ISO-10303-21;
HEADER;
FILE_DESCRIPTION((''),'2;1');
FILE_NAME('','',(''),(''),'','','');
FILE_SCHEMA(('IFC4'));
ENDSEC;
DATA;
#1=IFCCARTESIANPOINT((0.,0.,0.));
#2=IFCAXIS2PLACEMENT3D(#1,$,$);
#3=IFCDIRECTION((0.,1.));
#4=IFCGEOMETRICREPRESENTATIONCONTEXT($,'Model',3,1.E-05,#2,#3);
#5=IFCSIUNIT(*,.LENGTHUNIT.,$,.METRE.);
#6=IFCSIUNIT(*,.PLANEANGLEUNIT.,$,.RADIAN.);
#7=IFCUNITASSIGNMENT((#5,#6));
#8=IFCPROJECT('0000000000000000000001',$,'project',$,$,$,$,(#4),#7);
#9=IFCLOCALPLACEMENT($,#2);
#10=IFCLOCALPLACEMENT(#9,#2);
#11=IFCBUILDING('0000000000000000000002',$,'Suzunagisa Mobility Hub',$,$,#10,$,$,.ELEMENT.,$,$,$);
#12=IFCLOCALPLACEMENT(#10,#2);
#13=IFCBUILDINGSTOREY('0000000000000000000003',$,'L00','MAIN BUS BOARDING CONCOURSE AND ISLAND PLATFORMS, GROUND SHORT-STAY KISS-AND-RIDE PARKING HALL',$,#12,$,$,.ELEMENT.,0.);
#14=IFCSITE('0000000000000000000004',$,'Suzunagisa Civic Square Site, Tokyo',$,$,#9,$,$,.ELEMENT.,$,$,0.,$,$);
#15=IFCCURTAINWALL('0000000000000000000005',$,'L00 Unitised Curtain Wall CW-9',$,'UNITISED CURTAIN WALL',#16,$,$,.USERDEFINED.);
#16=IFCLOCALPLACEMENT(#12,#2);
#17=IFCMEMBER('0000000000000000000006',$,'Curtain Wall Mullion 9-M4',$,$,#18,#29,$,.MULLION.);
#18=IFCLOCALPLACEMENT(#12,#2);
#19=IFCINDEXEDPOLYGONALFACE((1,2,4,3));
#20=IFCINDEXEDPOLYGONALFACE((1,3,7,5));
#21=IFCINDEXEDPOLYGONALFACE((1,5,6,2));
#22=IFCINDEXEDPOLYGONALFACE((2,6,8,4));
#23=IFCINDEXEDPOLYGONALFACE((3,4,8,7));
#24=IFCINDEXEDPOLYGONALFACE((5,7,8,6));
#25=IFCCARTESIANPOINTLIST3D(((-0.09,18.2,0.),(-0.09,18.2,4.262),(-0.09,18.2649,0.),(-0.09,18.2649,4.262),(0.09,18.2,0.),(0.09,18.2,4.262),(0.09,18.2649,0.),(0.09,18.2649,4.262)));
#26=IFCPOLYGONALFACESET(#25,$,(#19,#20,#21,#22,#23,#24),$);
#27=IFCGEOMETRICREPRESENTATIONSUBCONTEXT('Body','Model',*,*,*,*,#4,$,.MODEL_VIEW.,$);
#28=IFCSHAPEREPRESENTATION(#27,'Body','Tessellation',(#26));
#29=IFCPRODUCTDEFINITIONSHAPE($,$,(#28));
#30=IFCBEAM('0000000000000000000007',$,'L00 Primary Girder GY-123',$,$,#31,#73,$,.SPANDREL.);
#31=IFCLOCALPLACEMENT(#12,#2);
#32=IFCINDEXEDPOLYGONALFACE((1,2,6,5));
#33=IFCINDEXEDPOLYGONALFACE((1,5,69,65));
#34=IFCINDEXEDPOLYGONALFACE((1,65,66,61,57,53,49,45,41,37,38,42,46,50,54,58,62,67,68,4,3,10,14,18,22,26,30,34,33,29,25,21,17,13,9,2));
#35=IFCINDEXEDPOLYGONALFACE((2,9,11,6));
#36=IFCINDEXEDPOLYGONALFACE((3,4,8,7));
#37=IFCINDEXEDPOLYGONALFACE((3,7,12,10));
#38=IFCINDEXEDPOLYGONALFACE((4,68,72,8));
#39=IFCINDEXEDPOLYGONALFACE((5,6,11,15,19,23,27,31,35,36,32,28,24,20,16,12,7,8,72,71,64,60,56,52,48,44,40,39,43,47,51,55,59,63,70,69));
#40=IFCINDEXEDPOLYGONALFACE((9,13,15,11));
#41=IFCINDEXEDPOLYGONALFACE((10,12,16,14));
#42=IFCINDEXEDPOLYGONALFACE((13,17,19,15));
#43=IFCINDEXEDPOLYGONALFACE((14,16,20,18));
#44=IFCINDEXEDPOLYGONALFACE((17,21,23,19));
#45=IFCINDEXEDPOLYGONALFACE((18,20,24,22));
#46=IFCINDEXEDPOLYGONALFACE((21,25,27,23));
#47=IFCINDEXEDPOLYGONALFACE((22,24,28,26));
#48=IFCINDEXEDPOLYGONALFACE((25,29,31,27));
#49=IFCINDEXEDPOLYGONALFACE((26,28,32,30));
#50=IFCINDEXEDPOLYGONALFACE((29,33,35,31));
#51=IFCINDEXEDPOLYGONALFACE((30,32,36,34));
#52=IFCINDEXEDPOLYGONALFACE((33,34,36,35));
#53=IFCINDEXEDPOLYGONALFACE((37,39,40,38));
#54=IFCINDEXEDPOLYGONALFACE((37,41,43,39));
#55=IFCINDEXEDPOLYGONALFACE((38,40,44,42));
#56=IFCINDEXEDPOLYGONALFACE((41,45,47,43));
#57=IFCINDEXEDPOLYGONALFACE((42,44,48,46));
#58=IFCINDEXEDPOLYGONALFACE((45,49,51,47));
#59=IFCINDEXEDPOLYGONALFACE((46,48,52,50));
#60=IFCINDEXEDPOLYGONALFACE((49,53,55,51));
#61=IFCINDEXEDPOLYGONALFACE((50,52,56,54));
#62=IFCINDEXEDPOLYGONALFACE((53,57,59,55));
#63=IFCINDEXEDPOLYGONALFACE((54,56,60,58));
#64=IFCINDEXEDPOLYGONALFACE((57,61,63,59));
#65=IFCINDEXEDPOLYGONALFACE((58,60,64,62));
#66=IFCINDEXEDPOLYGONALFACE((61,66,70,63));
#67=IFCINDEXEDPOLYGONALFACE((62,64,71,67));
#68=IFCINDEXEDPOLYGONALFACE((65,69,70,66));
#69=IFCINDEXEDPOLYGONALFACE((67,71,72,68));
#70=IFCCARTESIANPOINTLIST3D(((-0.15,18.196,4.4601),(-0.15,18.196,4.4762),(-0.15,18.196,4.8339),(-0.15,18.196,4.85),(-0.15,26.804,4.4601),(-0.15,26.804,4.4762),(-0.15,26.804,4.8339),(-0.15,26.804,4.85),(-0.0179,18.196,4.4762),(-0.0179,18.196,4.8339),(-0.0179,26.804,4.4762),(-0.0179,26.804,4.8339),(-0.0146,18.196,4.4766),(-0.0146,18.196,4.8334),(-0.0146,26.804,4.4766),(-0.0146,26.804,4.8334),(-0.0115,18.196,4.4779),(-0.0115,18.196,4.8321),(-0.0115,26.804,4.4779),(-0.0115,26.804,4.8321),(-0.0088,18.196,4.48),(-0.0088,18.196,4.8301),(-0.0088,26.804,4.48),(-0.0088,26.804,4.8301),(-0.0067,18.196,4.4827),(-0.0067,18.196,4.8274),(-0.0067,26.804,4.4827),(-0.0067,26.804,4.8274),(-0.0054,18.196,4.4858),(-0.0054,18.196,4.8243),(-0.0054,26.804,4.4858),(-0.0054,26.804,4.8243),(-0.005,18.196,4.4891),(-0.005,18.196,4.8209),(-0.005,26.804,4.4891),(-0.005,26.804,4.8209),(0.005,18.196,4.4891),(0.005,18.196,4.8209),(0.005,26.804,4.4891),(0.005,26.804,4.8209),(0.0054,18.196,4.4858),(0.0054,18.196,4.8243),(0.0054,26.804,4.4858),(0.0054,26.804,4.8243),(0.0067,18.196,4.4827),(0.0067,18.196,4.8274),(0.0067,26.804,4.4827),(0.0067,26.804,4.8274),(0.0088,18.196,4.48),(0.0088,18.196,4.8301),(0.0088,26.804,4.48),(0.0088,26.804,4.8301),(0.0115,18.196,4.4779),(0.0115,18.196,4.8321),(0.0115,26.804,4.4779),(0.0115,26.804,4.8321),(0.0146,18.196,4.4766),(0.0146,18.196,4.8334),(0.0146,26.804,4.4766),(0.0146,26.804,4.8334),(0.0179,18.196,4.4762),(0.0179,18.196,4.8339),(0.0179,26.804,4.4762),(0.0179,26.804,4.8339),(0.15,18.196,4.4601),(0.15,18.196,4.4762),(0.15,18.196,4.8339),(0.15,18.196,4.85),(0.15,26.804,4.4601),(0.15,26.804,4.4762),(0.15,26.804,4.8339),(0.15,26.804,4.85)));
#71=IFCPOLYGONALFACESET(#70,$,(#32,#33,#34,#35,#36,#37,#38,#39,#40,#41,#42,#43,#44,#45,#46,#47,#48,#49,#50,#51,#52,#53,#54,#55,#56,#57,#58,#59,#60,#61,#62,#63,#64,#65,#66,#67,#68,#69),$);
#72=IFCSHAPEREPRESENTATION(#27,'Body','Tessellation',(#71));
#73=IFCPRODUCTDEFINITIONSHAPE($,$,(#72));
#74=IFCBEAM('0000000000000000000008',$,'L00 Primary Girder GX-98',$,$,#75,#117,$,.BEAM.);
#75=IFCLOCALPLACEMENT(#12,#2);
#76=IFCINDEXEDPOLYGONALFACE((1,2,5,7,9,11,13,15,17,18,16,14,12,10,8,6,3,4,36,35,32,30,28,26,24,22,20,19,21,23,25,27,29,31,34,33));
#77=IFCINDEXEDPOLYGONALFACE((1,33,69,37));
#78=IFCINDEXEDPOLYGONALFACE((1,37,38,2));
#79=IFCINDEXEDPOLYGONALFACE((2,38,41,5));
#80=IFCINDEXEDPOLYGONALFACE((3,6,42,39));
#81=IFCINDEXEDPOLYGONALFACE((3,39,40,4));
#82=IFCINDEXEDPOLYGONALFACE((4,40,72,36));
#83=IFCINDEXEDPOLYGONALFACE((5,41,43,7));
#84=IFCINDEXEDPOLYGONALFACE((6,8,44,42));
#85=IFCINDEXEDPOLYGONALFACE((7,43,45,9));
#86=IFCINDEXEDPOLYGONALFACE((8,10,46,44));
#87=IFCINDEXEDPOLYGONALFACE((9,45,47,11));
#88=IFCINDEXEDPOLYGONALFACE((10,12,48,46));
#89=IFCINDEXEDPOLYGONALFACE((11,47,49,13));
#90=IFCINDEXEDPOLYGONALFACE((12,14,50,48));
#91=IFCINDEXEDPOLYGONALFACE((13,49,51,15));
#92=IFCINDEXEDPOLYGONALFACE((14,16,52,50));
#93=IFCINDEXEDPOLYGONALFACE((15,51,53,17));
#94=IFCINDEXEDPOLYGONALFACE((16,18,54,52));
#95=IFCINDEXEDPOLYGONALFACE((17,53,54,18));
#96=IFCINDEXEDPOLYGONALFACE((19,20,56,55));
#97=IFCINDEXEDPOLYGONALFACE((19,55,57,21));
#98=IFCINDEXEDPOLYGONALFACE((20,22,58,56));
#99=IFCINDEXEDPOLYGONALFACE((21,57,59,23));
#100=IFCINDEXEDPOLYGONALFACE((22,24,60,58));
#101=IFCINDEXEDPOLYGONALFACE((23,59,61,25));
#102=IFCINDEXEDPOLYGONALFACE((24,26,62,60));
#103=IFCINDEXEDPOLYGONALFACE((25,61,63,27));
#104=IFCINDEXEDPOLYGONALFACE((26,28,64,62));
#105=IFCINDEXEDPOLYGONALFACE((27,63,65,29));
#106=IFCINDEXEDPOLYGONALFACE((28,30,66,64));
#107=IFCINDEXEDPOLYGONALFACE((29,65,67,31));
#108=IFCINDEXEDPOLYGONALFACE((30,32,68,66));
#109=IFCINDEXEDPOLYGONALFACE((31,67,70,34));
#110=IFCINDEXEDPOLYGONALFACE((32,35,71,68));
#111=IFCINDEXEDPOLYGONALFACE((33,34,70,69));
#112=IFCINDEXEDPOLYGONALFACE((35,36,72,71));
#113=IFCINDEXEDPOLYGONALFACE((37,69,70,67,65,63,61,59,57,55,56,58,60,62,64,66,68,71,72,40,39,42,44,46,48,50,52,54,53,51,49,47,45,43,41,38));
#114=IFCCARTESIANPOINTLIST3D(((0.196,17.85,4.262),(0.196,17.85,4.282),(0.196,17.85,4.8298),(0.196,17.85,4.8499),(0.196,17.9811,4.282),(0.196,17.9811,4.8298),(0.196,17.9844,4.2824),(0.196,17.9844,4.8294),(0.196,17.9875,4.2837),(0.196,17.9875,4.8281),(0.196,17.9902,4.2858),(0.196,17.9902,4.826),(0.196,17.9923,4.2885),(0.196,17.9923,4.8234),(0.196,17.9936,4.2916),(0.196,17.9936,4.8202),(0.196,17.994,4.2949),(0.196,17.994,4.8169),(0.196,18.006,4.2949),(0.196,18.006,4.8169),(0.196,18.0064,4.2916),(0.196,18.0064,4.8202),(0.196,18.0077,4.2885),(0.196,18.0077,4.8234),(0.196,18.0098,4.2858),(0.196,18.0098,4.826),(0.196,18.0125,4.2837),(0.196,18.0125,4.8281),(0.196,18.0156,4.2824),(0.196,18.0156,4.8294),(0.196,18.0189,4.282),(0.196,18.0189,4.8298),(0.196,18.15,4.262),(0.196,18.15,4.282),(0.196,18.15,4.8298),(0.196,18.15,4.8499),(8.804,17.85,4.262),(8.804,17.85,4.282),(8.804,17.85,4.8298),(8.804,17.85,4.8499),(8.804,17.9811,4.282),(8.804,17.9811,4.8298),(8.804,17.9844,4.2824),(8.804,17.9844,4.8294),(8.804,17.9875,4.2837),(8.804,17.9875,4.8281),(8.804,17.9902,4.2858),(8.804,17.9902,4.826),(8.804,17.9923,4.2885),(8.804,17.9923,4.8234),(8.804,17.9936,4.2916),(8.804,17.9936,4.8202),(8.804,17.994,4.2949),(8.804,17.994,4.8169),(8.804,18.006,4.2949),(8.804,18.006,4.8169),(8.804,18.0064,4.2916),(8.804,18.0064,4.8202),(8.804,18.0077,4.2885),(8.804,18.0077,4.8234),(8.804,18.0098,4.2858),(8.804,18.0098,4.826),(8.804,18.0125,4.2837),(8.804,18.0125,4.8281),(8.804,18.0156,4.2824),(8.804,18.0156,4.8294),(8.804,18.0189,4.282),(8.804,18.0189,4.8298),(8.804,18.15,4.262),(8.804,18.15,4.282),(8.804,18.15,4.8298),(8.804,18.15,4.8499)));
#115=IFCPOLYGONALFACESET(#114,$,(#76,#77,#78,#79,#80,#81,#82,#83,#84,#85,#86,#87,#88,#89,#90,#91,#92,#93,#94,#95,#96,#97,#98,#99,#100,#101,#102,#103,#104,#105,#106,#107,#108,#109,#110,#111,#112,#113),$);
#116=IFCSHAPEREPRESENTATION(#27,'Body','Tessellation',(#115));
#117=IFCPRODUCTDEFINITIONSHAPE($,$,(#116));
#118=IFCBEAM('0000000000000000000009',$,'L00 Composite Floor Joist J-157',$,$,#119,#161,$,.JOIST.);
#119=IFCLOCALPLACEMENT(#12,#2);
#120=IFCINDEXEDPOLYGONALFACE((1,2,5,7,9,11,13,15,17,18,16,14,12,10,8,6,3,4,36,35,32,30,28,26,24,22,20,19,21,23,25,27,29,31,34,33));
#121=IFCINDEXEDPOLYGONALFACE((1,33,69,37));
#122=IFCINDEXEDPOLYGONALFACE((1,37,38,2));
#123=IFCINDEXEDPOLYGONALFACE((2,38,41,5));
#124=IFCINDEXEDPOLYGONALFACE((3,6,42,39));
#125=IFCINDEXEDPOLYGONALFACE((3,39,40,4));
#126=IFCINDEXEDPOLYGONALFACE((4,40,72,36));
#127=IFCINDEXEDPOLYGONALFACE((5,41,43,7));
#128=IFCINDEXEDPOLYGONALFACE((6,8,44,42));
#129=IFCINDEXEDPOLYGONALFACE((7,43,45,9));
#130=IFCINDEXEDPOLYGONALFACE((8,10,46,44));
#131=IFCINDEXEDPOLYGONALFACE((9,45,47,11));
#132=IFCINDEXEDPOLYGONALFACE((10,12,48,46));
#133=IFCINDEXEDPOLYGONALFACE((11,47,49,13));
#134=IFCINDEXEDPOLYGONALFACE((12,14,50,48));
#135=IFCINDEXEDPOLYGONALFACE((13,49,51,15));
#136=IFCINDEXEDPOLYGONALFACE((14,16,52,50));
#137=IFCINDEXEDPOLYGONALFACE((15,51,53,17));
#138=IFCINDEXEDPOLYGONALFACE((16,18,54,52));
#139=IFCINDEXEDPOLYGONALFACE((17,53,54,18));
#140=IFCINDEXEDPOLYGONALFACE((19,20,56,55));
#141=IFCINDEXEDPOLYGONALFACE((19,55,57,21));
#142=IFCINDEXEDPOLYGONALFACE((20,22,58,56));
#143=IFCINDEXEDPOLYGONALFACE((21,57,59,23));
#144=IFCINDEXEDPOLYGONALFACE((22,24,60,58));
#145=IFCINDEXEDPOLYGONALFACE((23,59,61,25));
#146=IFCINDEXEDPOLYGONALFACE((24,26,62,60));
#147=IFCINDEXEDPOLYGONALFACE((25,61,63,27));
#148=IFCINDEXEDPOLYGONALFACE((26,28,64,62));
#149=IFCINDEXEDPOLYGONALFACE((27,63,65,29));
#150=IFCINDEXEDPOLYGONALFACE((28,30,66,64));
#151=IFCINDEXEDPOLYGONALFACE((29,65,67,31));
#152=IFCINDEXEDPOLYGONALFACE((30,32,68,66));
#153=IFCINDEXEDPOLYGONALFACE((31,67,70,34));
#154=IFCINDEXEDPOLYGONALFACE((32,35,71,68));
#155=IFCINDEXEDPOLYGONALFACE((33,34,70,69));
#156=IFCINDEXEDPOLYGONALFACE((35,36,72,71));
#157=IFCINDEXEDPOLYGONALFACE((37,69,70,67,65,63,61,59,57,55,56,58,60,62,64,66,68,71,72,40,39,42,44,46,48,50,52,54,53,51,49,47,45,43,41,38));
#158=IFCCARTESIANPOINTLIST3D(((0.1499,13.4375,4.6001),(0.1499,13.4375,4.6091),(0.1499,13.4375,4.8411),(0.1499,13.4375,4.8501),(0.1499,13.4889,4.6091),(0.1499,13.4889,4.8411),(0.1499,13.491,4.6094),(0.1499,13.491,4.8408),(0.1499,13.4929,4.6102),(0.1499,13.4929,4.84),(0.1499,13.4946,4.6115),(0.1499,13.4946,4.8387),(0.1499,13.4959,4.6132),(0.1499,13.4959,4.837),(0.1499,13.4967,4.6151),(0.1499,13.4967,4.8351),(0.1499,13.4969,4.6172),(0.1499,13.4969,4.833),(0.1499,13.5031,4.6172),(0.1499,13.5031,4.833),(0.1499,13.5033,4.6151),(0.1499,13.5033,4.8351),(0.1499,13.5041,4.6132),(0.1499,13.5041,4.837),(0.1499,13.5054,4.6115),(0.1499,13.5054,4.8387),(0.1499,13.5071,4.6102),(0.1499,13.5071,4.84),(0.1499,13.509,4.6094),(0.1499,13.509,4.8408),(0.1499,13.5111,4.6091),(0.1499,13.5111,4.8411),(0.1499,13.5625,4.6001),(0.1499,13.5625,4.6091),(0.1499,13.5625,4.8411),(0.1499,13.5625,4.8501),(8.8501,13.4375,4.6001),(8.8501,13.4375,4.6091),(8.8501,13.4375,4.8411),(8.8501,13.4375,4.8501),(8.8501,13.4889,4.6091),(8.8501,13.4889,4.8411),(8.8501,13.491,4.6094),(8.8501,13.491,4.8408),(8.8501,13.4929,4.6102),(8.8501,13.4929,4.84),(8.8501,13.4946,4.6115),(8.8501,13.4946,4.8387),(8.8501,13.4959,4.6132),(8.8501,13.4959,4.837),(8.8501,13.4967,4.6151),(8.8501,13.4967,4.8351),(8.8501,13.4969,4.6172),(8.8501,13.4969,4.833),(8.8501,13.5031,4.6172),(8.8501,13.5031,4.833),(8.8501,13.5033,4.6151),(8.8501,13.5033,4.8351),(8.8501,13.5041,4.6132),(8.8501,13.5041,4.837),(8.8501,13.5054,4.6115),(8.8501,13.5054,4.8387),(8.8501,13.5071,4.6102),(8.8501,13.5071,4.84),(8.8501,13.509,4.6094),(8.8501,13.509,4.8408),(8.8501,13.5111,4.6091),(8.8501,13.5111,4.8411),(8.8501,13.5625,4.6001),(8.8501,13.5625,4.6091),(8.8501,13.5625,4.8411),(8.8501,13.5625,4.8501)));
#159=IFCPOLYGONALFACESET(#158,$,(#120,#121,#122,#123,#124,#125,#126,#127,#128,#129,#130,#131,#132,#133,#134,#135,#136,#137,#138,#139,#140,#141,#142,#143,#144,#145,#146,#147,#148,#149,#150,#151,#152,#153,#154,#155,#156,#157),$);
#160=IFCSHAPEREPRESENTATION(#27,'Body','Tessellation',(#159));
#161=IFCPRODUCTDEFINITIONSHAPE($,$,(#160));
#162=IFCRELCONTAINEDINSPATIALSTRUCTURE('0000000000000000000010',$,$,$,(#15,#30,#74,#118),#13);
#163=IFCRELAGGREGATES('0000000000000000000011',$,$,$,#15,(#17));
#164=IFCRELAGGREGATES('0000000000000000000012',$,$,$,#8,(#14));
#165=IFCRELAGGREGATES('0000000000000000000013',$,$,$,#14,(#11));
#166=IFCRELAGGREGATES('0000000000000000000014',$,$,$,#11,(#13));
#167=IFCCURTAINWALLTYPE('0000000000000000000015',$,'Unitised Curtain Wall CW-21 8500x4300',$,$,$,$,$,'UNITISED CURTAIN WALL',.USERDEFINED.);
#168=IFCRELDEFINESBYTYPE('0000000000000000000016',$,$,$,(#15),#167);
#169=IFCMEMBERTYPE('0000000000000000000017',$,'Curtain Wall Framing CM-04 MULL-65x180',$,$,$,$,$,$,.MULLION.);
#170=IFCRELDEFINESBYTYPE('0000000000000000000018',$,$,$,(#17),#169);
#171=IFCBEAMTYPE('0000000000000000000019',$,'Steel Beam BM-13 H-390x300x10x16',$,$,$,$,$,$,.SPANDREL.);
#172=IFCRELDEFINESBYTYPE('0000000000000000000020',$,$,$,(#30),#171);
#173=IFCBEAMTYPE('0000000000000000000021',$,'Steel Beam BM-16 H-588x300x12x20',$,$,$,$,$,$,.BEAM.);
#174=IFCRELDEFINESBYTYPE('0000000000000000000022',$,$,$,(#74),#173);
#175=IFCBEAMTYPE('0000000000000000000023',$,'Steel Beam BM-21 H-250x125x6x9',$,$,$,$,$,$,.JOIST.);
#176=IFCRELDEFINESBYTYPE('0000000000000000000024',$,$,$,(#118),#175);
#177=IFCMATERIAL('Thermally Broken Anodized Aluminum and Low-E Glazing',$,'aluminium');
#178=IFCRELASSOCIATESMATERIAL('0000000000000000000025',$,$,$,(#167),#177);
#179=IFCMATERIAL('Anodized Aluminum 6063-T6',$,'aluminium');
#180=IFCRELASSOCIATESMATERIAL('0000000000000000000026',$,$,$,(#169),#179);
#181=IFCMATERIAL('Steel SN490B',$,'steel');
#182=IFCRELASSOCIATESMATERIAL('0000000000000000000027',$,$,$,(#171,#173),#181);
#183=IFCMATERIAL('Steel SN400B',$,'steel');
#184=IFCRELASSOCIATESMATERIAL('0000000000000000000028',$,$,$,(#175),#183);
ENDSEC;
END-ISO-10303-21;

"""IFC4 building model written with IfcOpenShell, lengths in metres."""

from ifc_helpers import new_model, si_unit, direction, frame, origin, origin_2d, place, context, subcontext, project, spatial, rectangle, i_section, extrude, material, material_profile, profile_set, type_object, element, aggregate, save


model = new_model("IFC4")

# Units and contexts
model_context = context("Model", 3, precision=1e-05, world=origin(), true_north=direction((0.0, 1.0)))
body_context = subcontext(model_context, "Body", "Model", "MODEL_VIEW")
ifc_project = project(units=[si_unit("LENGTHUNIT", "METRE"), si_unit("PLANEANGLEUNIT", "RADIAN")], contexts=[model_context])

# Site, building, storey
site_placement = place(None, origin())
site = spatial("IfcSite", under=ifc_project, at=site_placement, Name="Suzunagisa Civic Square Site, Tokyo", CompositionType="ELEMENT", RefElevation=0.0)
building_placement = place(site_placement, origin())
building = spatial("IfcBuilding", under=site, at=building_placement, Name="Suzunagisa Mobility Hub", CompositionType="ELEMENT")
storey_placement = place(building_placement, origin())
storey = spatial("IfcBuildingStorey", under=building, at=storey_placement, Name="L00", Description="MAIN BUS BOARDING CONCOURSE AND ISLAND PLATFORMS, GROUND SHORT-STAY KISS-AND-RIDE PARKING HALL", CompositionType="ELEMENT", Elevation=0.0)

# Shared definitions
ifc_material_1 = material(Name="Steel SN490B", Category="steel")

# Curtain wall, member
ifc_material_2 = material(Name="Thermally Broken Anodized Aluminum and Low-E Glazing", Category="aluminium")
curtain_wall_type = type_object("IfcCurtainWallType", Name="Unitised Curtain Wall CW-21 8500x4300", ElementType="UNITISED CURTAIN WALL", PredefinedType="USERDEFINED", material=ifc_material_2)
curtain_wall_placement = place(storey_placement, origin())
curtain_wall = element("IfcCurtainWall", 1, at=curtain_wall_placement, inside=storey, type_object=curtain_wall_type, Name="L00 Unitised Curtain Wall CW-9", ObjectType="UNITISED CURTAIN WALL", PredefinedType="USERDEFINED")
ifc_material_3 = material(Name="Anodized Aluminum 6063-T6", Category="aluminium")
ifc_material_profile_1 = material_profile(ifc_material_3, rectangle(XDim=0.0649, YDim=0.1799, at=origin_2d()), Name="MULL-65x180")
ifc_profile_set_1 = profile_set([ifc_material_profile_1], Name="Anodized Aluminum 6063-T6")
member_type_1 = type_object("IfcMemberType", Name="Curtain Wall Framing CM-04 MULL-65x180", PredefinedType="MULLION", material=ifc_profile_set_1)
member_1_placement = place(storey_placement, frame((0.0, 18.2324, 0.0), z_axis=(0.0, 0.0, 1.0), x_axis=(0.0, -1.0, 0.0)))
member_1 = element("IfcMember", 2, at=member_1_placement, type_object=member_type_1, Name="Curtain Wall Mullion 9-M4", PredefinedType="MULLION", context=body_context, shape_type="SweptSolid", body=[
    extrude(rectangle(XDim=0.0649, YDim=0.1799, at=origin_2d()), origin(), (0.0, 0.0, 1.0), 4.262),
])

# Beams
ifc_material_profile_2 = material_profile(ifc_material_1, i_section(OverallWidth=0.3, OverallDepth=0.3899, WebThickness=0.01, FlangeThickness=0.0161, FilletRadius=0.0129, at=origin_2d()), Name="H-390x300x10x16")
ifc_profile_set_2 = profile_set([ifc_material_profile_2], Name="Steel SN490B")
beam_type_1 = type_object("IfcBeamType", Name="Steel Beam BM-13 H-390x300x10x16", PredefinedType="SPANDREL", material=ifc_profile_set_2)
beam_1_placement = place(storey_placement, frame((0.0, 18.196, 4.655), z_axis=(0.0, 1.0, 0.0), x_axis=(-1.0, 0.0, 0.0)))
element("IfcBeam", 3, at=beam_1_placement, inside=storey, type_object=beam_type_1, Name="L00 Primary Girder GY-123", PredefinedType="SPANDREL", context=body_context, shape_type="SweptSolid", body=[
    extrude(i_section(OverallWidth=0.3, OverallDepth=0.3899, WebThickness=0.01, FlangeThickness=0.0161, FilletRadius=0.0129, at=origin_2d()), origin(), (0.0, 0.0, 1.0), 8.6079),
])
ifc_material_profile_3 = material_profile(ifc_material_1, i_section(OverallWidth=0.3, OverallDepth=0.5879, WebThickness=0.012, FlangeThickness=0.02, FilletRadius=0.0129, at=origin_2d()), Name="H-588x300x12x20")
ifc_profile_set_3 = profile_set([ifc_material_profile_3], Name="Steel SN490B")
beam_type_2 = type_object("IfcBeamType", Name="Steel Beam BM-16 H-588x300x12x20", PredefinedType="BEAM", material=ifc_profile_set_3)
beam_2_placement = place(storey_placement, frame((0.196, 18.0, 4.5559), z_axis=(1.0, 0.0, 0.0), x_axis=(0.0, 1.0, 0.0)))
element("IfcBeam", 4, at=beam_2_placement, inside=storey, type_object=beam_type_2, Name="L00 Primary Girder GX-98", PredefinedType="BEAM", context=body_context, shape_type="SweptSolid", body=[
    extrude(i_section(OverallWidth=0.3, OverallDepth=0.5879, WebThickness=0.012, FlangeThickness=0.02, FilletRadius=0.0129, at=origin_2d()), origin(), (0.0, 0.0, 1.0), 8.6079),
])
ifc_material_4 = material(Name="Steel SN400B", Category="steel")
ifc_material_profile_4 = material_profile(ifc_material_4, i_section(OverallWidth=0.125, OverallDepth=0.25, WebThickness=0.0061, FlangeThickness=0.009, FilletRadius=0.0081, at=origin_2d()), Name="H-250x125x6x9")
ifc_profile_set_4 = profile_set([ifc_material_profile_4], Name="Steel SN400B")
beam_type_3 = type_object("IfcBeamType", Name="Steel Beam BM-21 H-250x125x6x9", PredefinedType="JOIST", material=ifc_profile_set_4)
for number, where, z_axis, x_axis, name in (
    (5, (0.1499, 13.5, 4.7251), (1.0, 0.0, 0.0), (0.0, 1.0, 0.0), "L00 Composite Floor Joist J-157"),
):
    element("IfcBeam", number, at=place(storey_placement, frame(where, z_axis=z_axis, x_axis=x_axis)), inside=storey, type_object=beam_type_3, Name=name, PredefinedType="JOIST", context=body_context, shape_type="SweptSolid", body=[
        extrude(i_section(OverallWidth=0.125, OverallDepth=0.25, WebThickness=0.0061, FlangeThickness=0.009, FilletRadius=0.0081, at=origin_2d()), origin(), (0.0, 0.0, 1.0), 8.7002),
    ])

aggregate(curtain_wall, [member_1])

save(model, "model.ifc")
